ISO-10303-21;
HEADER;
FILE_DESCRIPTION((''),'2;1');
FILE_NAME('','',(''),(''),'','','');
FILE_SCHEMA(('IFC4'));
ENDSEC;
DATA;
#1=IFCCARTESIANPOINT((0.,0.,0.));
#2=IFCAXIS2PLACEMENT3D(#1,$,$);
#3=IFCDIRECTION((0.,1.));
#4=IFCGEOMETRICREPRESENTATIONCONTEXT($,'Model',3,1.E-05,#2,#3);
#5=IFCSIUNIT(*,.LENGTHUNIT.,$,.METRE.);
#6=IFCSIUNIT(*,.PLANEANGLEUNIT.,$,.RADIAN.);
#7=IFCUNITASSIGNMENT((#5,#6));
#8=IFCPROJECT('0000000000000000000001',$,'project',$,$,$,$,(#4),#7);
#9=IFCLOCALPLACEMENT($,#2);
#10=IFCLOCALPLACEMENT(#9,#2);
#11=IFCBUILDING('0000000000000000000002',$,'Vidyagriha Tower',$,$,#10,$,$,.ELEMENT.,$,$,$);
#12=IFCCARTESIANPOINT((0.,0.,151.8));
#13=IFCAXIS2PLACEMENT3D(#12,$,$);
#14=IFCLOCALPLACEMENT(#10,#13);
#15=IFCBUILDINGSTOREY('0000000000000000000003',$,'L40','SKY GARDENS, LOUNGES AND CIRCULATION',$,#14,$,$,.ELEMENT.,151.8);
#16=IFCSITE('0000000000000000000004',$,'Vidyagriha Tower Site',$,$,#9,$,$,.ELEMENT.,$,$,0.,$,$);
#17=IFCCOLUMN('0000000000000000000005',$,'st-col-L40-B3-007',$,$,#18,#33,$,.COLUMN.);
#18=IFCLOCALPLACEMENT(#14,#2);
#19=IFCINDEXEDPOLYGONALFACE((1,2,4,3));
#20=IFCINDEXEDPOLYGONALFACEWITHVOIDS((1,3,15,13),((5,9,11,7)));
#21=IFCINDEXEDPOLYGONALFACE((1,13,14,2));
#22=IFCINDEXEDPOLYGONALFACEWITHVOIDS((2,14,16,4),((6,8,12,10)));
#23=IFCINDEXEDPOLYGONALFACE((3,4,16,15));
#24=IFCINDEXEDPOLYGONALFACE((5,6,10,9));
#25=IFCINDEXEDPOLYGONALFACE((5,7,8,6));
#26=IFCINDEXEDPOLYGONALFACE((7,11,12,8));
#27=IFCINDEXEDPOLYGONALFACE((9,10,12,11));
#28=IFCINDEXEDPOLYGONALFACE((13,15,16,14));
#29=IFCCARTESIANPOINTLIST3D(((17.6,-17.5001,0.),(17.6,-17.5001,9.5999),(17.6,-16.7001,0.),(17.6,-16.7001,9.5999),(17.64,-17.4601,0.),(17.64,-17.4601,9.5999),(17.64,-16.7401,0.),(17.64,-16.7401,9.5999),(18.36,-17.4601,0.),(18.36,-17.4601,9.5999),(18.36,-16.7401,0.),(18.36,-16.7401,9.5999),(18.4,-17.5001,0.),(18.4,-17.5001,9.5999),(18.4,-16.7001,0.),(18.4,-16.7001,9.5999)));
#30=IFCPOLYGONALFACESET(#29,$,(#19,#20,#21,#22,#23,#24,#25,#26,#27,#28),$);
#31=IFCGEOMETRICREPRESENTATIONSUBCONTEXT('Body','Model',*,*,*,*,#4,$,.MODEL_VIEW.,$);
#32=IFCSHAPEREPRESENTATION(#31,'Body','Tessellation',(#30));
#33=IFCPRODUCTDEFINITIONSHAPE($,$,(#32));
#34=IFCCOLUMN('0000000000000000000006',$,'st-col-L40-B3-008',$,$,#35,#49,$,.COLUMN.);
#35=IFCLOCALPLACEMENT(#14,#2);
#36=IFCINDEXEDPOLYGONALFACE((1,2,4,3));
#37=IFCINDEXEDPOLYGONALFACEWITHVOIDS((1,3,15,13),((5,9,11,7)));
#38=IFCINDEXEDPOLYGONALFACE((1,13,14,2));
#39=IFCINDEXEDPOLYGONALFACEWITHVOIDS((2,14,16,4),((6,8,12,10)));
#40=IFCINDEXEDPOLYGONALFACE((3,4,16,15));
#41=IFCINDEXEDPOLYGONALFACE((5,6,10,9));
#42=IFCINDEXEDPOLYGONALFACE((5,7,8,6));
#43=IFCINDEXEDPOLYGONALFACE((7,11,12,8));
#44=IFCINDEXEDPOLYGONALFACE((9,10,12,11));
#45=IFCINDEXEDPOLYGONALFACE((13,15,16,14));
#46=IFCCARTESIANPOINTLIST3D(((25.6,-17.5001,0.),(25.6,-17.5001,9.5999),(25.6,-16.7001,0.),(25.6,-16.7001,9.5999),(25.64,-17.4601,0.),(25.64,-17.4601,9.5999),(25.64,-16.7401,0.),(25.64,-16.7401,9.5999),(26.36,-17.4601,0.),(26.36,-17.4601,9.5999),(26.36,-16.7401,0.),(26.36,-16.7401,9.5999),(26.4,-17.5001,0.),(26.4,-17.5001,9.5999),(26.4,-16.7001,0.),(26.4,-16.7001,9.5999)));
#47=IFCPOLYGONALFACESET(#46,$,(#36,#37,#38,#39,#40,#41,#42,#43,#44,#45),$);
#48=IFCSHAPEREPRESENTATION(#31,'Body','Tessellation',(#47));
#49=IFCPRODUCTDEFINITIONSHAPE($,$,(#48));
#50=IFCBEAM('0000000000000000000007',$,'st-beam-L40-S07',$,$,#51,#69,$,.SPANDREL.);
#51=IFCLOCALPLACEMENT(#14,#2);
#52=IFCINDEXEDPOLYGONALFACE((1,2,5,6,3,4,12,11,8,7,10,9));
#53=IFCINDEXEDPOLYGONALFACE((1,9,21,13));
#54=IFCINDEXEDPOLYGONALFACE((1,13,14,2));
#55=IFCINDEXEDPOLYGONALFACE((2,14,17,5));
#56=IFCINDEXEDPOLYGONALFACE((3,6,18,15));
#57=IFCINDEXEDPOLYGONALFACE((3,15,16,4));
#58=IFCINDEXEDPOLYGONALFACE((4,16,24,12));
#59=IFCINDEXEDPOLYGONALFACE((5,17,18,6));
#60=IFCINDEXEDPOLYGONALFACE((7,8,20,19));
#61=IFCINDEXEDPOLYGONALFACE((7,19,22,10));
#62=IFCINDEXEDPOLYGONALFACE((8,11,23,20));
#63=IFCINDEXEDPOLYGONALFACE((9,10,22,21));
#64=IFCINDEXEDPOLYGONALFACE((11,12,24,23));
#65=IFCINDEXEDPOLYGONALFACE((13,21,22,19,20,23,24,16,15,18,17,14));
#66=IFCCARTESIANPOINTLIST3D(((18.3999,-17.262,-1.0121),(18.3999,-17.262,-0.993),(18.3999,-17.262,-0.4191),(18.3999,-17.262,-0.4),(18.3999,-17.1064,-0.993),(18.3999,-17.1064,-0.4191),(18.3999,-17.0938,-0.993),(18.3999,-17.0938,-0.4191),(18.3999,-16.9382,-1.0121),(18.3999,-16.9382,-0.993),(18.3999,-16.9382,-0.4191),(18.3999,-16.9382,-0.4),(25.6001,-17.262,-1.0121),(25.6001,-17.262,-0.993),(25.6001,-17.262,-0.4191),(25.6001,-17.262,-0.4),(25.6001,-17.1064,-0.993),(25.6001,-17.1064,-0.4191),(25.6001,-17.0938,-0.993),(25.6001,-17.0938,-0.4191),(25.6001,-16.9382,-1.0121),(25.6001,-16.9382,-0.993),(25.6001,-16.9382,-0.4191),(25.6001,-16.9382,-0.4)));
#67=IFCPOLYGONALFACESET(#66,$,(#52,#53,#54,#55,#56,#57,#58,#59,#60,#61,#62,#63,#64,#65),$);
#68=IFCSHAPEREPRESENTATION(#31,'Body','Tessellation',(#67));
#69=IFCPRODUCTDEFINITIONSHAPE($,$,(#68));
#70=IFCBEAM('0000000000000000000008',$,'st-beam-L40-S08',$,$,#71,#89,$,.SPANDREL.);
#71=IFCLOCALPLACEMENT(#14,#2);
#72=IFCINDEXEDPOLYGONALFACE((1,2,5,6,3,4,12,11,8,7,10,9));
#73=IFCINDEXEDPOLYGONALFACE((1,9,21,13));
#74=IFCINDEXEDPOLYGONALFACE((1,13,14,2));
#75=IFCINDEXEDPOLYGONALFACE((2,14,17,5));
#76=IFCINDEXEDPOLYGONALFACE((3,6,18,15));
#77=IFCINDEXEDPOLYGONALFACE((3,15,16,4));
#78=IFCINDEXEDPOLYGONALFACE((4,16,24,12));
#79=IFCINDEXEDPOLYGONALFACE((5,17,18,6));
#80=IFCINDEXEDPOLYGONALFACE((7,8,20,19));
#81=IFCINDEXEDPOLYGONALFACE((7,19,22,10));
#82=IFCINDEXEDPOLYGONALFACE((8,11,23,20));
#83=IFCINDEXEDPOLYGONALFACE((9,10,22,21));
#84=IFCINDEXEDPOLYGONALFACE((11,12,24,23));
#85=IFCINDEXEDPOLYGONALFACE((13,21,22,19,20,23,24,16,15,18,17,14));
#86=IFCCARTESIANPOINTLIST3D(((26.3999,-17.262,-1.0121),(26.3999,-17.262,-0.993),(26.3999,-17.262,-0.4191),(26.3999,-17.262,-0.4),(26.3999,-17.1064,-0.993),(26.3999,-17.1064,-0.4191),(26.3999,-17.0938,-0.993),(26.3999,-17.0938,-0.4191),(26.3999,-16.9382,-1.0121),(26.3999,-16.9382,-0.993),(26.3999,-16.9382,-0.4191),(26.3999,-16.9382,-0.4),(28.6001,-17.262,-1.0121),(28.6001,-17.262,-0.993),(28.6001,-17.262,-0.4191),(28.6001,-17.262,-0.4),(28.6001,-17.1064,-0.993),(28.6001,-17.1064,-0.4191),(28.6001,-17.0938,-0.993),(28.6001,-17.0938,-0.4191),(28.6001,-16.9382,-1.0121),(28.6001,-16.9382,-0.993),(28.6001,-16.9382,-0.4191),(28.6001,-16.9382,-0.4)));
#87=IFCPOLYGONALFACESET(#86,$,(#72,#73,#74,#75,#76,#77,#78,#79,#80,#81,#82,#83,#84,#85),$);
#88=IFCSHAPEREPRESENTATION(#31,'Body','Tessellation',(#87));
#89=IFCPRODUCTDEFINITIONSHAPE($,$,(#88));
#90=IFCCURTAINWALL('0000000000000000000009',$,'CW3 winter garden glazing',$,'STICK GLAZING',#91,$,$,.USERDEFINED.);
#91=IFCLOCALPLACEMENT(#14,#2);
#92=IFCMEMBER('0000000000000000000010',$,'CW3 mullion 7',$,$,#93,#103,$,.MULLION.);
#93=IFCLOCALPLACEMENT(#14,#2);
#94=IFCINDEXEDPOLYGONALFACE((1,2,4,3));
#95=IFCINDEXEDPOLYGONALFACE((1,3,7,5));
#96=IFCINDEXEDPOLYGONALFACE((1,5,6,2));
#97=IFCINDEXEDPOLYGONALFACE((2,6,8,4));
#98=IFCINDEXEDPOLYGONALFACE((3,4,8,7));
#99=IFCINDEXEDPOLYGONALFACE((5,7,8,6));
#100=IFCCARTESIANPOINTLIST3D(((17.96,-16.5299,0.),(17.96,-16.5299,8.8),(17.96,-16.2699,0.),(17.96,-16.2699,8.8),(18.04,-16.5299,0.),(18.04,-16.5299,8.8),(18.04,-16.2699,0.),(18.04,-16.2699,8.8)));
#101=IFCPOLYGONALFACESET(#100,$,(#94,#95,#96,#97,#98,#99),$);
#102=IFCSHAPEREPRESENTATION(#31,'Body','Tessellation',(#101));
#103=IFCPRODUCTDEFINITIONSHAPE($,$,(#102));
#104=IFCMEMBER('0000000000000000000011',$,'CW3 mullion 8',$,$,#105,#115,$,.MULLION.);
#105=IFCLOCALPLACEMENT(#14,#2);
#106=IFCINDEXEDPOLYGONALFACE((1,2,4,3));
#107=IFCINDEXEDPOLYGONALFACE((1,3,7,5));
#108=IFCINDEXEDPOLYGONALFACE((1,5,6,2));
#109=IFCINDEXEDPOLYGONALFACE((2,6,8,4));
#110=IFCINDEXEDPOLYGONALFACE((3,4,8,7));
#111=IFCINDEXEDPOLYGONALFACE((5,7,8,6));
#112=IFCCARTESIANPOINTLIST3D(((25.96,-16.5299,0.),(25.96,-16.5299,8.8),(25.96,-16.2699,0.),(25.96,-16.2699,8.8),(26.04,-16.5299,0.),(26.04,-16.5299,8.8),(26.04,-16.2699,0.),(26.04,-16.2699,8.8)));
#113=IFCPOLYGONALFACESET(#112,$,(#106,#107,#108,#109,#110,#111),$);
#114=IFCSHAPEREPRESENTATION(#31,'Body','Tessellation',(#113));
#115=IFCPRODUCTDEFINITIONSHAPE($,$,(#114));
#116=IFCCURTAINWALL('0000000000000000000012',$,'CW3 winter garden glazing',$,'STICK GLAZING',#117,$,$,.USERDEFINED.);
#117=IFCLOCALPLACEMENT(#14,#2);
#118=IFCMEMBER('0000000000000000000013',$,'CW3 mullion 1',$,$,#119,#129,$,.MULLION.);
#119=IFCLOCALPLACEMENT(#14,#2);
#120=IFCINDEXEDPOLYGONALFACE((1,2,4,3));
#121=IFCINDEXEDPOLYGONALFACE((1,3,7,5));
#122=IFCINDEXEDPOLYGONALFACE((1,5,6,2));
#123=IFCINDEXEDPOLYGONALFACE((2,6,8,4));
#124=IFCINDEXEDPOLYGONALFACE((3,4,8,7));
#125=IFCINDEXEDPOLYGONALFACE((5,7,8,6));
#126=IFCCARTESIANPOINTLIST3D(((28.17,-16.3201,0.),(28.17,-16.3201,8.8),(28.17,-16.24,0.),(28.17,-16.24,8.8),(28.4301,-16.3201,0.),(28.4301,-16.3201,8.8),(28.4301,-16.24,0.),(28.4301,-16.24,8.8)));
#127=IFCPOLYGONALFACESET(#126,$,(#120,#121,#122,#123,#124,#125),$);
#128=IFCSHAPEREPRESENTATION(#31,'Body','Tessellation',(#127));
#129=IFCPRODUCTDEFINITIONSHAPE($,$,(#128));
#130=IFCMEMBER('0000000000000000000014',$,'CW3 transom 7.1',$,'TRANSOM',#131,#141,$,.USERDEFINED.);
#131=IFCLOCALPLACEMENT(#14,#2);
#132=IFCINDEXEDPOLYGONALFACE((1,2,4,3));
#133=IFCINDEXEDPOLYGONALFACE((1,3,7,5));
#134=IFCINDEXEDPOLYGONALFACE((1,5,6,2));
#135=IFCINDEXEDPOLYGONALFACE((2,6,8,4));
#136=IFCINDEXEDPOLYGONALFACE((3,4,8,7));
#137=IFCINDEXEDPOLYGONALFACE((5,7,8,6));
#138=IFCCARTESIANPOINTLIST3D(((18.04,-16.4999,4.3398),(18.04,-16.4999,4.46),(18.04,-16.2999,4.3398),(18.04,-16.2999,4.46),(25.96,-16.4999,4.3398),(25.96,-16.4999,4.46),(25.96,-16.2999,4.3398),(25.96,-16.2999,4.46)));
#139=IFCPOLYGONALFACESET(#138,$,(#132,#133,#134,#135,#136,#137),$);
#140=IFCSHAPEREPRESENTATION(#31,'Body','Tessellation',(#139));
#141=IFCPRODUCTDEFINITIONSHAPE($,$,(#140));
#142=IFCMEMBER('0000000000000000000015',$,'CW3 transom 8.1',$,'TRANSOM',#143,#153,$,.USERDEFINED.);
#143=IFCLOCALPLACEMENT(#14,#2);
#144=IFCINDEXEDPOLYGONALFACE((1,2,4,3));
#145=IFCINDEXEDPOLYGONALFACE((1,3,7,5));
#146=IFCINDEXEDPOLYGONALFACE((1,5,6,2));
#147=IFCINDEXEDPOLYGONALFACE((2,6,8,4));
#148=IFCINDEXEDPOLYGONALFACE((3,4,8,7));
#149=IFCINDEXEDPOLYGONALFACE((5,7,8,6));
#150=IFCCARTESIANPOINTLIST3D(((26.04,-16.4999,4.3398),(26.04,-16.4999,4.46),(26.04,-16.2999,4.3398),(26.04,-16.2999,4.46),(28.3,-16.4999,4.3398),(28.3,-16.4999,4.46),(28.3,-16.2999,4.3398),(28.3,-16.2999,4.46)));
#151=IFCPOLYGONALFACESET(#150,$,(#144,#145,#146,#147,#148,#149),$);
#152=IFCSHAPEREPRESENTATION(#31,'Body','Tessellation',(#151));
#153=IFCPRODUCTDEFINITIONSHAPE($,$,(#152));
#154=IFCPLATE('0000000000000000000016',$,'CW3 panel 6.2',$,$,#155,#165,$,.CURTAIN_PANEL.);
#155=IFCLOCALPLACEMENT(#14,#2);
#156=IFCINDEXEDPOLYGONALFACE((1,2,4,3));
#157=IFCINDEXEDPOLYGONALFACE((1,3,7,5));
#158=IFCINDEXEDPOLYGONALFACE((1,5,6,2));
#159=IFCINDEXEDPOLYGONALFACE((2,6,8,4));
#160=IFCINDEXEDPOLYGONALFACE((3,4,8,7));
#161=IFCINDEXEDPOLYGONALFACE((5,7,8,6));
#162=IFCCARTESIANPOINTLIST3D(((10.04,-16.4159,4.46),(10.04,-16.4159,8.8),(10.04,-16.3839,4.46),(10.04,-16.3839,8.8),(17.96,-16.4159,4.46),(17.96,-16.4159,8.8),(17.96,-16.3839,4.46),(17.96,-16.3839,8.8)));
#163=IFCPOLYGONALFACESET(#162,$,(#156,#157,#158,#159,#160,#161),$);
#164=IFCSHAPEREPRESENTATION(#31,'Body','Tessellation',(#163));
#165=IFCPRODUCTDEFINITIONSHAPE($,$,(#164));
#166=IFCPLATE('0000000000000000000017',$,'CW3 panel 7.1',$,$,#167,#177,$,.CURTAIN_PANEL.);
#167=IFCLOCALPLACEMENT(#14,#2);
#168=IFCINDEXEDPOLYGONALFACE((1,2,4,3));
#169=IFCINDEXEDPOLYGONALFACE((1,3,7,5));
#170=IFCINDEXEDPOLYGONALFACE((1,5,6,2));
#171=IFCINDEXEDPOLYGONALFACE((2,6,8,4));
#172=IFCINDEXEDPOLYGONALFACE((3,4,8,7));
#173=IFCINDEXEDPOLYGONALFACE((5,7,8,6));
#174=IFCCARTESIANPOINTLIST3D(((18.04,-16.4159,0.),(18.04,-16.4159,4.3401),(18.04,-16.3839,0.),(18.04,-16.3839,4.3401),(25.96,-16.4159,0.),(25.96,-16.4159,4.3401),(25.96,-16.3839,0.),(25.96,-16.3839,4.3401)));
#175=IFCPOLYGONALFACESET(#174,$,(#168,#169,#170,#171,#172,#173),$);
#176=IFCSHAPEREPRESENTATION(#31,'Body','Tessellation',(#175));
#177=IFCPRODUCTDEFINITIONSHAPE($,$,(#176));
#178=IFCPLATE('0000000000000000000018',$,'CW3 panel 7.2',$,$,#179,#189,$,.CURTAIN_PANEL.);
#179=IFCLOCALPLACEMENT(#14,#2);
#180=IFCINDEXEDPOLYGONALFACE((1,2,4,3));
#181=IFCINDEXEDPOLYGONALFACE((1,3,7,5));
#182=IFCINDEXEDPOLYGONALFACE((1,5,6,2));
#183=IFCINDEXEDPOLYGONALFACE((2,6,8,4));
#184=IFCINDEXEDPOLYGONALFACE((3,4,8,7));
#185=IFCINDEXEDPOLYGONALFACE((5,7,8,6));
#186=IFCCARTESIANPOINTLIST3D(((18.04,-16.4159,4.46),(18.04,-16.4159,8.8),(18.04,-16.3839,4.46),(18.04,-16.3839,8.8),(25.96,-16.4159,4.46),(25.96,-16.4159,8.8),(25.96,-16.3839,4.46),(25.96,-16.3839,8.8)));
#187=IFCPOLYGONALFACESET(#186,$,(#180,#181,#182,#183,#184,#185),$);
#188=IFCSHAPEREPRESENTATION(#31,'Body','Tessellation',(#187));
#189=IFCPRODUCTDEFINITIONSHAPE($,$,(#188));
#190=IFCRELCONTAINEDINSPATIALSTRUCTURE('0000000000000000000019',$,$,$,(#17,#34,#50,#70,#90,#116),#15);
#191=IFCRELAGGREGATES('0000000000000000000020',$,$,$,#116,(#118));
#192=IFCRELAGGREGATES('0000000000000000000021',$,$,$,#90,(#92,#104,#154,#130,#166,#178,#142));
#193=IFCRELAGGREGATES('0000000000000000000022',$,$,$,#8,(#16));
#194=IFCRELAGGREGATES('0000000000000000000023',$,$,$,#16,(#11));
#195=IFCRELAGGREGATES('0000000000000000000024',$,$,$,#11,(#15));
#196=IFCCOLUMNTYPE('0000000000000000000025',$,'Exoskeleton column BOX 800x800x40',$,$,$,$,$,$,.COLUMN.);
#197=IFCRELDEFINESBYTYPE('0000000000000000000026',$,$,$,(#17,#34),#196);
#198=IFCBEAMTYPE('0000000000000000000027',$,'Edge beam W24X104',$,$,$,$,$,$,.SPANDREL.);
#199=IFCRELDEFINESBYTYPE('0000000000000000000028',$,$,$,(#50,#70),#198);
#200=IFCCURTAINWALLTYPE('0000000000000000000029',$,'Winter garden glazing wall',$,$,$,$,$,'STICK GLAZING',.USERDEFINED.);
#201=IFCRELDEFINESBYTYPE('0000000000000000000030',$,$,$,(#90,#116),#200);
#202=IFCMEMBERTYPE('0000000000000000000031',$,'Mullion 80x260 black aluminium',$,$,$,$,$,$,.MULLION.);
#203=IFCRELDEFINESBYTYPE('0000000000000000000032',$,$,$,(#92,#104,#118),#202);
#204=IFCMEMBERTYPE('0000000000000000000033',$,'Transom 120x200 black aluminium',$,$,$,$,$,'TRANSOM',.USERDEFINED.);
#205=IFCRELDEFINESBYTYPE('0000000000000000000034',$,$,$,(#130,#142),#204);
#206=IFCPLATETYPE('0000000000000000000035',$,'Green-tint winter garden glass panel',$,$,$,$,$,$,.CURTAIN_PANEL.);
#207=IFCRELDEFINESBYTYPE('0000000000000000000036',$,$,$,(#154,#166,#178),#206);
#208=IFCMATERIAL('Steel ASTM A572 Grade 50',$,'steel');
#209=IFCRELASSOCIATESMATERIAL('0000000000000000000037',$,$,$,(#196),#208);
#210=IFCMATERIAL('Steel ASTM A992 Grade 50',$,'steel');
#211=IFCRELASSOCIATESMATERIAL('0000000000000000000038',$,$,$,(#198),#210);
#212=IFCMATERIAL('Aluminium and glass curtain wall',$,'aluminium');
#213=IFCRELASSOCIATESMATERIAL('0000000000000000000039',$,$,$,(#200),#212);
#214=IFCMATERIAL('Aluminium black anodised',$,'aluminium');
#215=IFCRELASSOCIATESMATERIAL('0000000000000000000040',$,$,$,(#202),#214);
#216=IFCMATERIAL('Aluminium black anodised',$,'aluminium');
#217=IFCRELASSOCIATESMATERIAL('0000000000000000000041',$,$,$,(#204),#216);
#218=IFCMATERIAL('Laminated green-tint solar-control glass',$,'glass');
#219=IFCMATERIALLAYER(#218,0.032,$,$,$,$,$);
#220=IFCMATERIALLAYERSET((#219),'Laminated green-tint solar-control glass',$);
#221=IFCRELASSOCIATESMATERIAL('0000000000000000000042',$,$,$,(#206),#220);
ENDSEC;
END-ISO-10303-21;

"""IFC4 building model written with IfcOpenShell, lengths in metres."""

from ifc_helpers import new_model, si_unit, direction, frame, origin, origin_2d, place, context, subcontext, project, spatial, rectangle, hollow_rectangle, i_section, extrude, material, layer, layer_set, material_profile, profile_set, type_object, element, aggregate, save


model = new_model("IFC4")

# Units and contexts
model_context = context("Model", 3, precision=1e-05, world=origin(), true_north=direction((0.0, 1.0)))
body_context = subcontext(model_context, "Body", "Model", "MODEL_VIEW")
ifc_project = project(units=[si_unit("LENGTHUNIT", "METRE"), si_unit("PLANEANGLEUNIT", "RADIAN")], contexts=[model_context])

# Site, building, storey
site_placement = place(None, origin())
site = spatial("IfcSite", under=ifc_project, at=site_placement, Name="Vidyagriha Tower Site", CompositionType="ELEMENT", RefElevation=0.0)
building_placement = place(site_placement, origin())
building = spatial("IfcBuilding", under=site, at=building_placement, Name="Vidyagriha Tower", CompositionType="ELEMENT")
storey_placement = place(building_placement, frame((0.0, 0.0, 151.8)))
storey = spatial("IfcBuildingStorey", under=building, at=storey_placement, Name="L40", Description="SKY GARDENS, LOUNGES AND CIRCULATION", CompositionType="ELEMENT", Elevation=151.8)

# Columns
ifc_material_1 = material(Name="Steel ASTM A572 Grade 50", Category="steel")
ifc_material_profile_1 = material_profile(ifc_material_1, hollow_rectangle(XDim=0.8, YDim=0.8, WallThickness=0.04, at=origin_2d()), Name="BOX 800x800x40")
ifc_profile_set_1 = profile_set([ifc_material_profile_1], Name="Steel ASTM A572 Grade 50")
column_type = type_object("IfcColumnType", Name="Exoskeleton column BOX 800x800x40", PredefinedType="COLUMN", material=ifc_profile_set_1)
for number, where, name in (
    (1, (18.0, -17.1001, 0.0), "st-col-L40-B3-007"),
    (2, (26.0, -17.1001, 0.0), "st-col-L40-B3-008"),
):
    element("IfcColumn", number, at=place(storey_placement, frame(where)), inside=storey, type_object=column_type, Name=name, PredefinedType="COLUMN", context=body_context, shape_type="SweptSolid", body=[
        extrude(hollow_rectangle(XDim=0.8, YDim=0.8, WallThickness=0.04, at=origin_2d()), origin(), (0.0, 0.0, 1.0), 9.5999),
    ])

# Beams
ifc_material_2 = material(Name="Steel ASTM A992 Grade 50", Category="steel")
ifc_material_profile_2 = material_profile(ifc_material_2, i_section(OverallWidth=0.3237, OverallDepth=0.6121, WebThickness=0.0127, FlangeThickness=0.019, at=origin_2d()), Name="W24X104")
ifc_profile_set_2 = profile_set([ifc_material_profile_2], Name="Steel ASTM A992 Grade 50")
beam_type = type_object("IfcBeamType", Name="Edge beam W24X104", PredefinedType="SPANDREL", material=ifc_profile_set_2)
beam_1_placement = place(storey_placement, frame((18.3999, -17.1001, -0.7061), z_axis=(1.0, 0.0, 0.0), x_axis=(0.0, 1.0, 0.0)))
element("IfcBeam", 3, at=beam_1_placement, inside=storey, type_object=beam_type, Name="st-beam-L40-S07", PredefinedType="SPANDREL", context=body_context, shape_type="SweptSolid", body=[
    extrude(i_section(OverallWidth=0.3237, OverallDepth=0.6121, WebThickness=0.0127, FlangeThickness=0.019, at=origin_2d()), origin(), (0.0, 0.0, 1.0), 7.2002),
])
beam_2_placement = place(storey_placement, frame((26.3999, -17.1001, -0.7061), z_axis=(1.0, 0.0, 0.0), x_axis=(0.0, 1.0, 0.0)))
element("IfcBeam", 4, at=beam_2_placement, inside=storey, type_object=beam_type, Name="st-beam-L40-S08", PredefinedType="SPANDREL", context=body_context, shape_type="SweptSolid", body=[
    extrude(i_section(OverallWidth=0.3237, OverallDepth=0.6121, WebThickness=0.0127, FlangeThickness=0.019, at=origin_2d()), origin(), (0.0, 0.0, 1.0), 2.2002),
])

# Curtain wall, members
ifc_material_3 = material(Name="Aluminium and glass curtain wall", Category="aluminium")
curtain_wall_type = type_object("IfcCurtainWallType", Name="Winter garden glazing wall", ElementType="STICK GLAZING", PredefinedType="USERDEFINED", material=ifc_material_3)
curtain_wall_1_placement = place(storey_placement, origin())
curtain_wall_1 = element("IfcCurtainWall", 5, at=curtain_wall_1_placement, inside=storey, type_object=curtain_wall_type, Name="CW3 winter garden glazing", ObjectType="STICK GLAZING", PredefinedType="USERDEFINED")
ifc_material_4 = material(Name="Aluminium black anodised", Category="aluminium")
ifc_material_profile_3 = material_profile(ifc_material_4, rectangle(XDim=0.26, YDim=0.0801, at=origin_2d()), Name="Mullion 80x260 black aluminium")
ifc_profile_set_3 = profile_set([ifc_material_profile_3], Name="Aluminium black anodised")
member_type_1 = type_object("IfcMemberType", Name="Mullion 80x260 black aluminium", PredefinedType="MULLION", material=ifc_profile_set_3)
member_1_placement = place(storey_placement, frame((18.0, -16.3999, 0.0), z_axis=(0.0, 0.0, 1.0), x_axis=(0.0, 1.0, 0.0)))
member_1 = element("IfcMember", 6, at=member_1_placement, type_object=member_type_1, Name="CW3 mullion 7", PredefinedType="MULLION", context=body_context, shape_type="SweptSolid", body=[
    extrude(rectangle(XDim=0.26, YDim=0.0801, at=origin_2d()), origin(), (0.0, 0.0, 1.0), 8.8),
])
member_2_placement = place(storey_placement, frame((26.0, -16.3999, 0.0), z_axis=(0.0, 0.0, 1.0), x_axis=(0.0, 1.0, 0.0)))
member_2 = element("IfcMember", 7, at=member_2_placement, type_object=member_type_1, Name="CW3 mullion 8", PredefinedType="MULLION", context=body_context, shape_type="SweptSolid", body=[
    extrude(rectangle(XDim=0.26, YDim=0.0801, at=origin_2d()), origin(), (0.0, 0.0, 1.0), 8.8),
])

# Curtain wall, member
curtain_wall_2_placement = place(storey_placement, origin())
curtain_wall_2 = element("IfcCurtainWall", 8, at=curtain_wall_2_placement, inside=storey, type_object=curtain_wall_type, Name="CW3 winter garden glazing", ObjectType="STICK GLAZING", PredefinedType="USERDEFINED")
member_3_placement = place(storey_placement, frame((28.3, -16.28, 0.0), z_axis=(0.0, 0.0, 1.0), x_axis=(-1.0, 0.0, 0.0)))
member_3 = element("IfcMember", 9, at=member_3_placement, type_object=member_type_1, Name="CW3 mullion 1", PredefinedType="MULLION", context=body_context, shape_type="SweptSolid", body=[
    extrude(rectangle(XDim=0.26, YDim=0.0801, at=origin_2d()), origin(), (0.0, 0.0, 1.0), 8.8),
])
aggregate(curtain_wall_2, [member_3])

# Members
ifc_material_5 = material(Name="Aluminium black anodised", Category="aluminium")
ifc_material_profile_4 = material_profile(ifc_material_5, rectangle(XDim=0.2, YDim=0.1201, at=origin_2d()), Name="Transom 120x200 black aluminium")
ifc_profile_set_4 = profile_set([ifc_material_profile_4], Name="Aluminium black anodised")
member_type_2 = type_object("IfcMemberType", Name="Transom 120x200 black aluminium", ElementType="TRANSOM", PredefinedType="USERDEFINED", material=ifc_profile_set_4)
member_4_placement = place(storey_placement, frame((18.04, -16.3999, 4.3999), z_axis=(1.0, 0.0, 0.0), x_axis=(0.0, 1.0, 0.0)))
member_4 = element("IfcMember", 10, at=member_4_placement, type_object=member_type_2, Name="CW3 transom 7.1", ObjectType="TRANSOM", PredefinedType="USERDEFINED", context=body_context, shape_type="SweptSolid", body=[
    extrude(rectangle(XDim=0.2, YDim=0.1201, at=origin_2d()), origin(), (0.0, 0.0, 1.0), 7.9199),
])
member_5_placement = place(storey_placement, frame((26.04, -16.3999, 4.3999), z_axis=(1.0, 0.0, 0.0), x_axis=(0.0, 1.0, 0.0)))
member_5 = element("IfcMember", 11, at=member_5_placement, type_object=member_type_2, Name="CW3 transom 8.1", ObjectType="TRANSOM", PredefinedType="USERDEFINED", context=body_context, shape_type="SweptSolid", body=[
    extrude(rectangle(XDim=0.2, YDim=0.1201, at=origin_2d()), origin(), (0.0, 0.0, 1.0), 2.26),
])

# Plates
ifc_material_6 = material(Name="Laminated green-tint solar-control glass", Category="glass")
ifc_layer = layer(ifc_material_6, 0.032)
ifc_layer_set = layer_set([ifc_layer], Name="Laminated green-tint solar-control glass")
plate_type = type_object("IfcPlateType", Name="Green-tint winter garden glass panel", PredefinedType="CURTAIN_PANEL", material=ifc_layer_set)
plate_1_placement = place(storey_placement, frame((14.0, -16.3999, 4.46)))
plate_1 = element("IfcPlate", 12, at=plate_1_placement, type_object=plate_type, Name="CW3 panel 6.2", PredefinedType="CURTAIN_PANEL", context=body_context, shape_type="SweptSolid", body=[
    extrude(rectangle(XDim=7.9199, YDim=0.032, at=origin_2d()), origin(), (0.0, 0.0, 1.0), 4.3401),
])
plate_2_placement = place(storey_placement, frame((22.0, -16.3999, 0.0)))
plate_2 = element("IfcPlate", 13, at=plate_2_placement, type_object=plate_type, Name="CW3 panel 7.1", PredefinedType="CURTAIN_PANEL", context=body_context, shape_type="SweptSolid", body=[
    extrude(rectangle(XDim=7.9199, YDim=0.032, at=origin_2d()), origin(), (0.0, 0.0, 1.0), 4.3401),
])
plate_3_placement = place(storey_placement, frame((22.0, -16.3999, 4.46)))
plate_3 = element("IfcPlate", 14, at=plate_3_placement, type_object=plate_type, Name="CW3 panel 7.2", PredefinedType="CURTAIN_PANEL", context=body_context, shape_type="SweptSolid", body=[
    extrude(rectangle(XDim=7.9199, YDim=0.032, at=origin_2d()), origin(), (0.0, 0.0, 1.0), 4.3401),
])
aggregate(curtain_wall_1, [member_1, member_2, plate_1, member_4, plate_2, plate_3, member_5])

save(model, "model.ifc")
